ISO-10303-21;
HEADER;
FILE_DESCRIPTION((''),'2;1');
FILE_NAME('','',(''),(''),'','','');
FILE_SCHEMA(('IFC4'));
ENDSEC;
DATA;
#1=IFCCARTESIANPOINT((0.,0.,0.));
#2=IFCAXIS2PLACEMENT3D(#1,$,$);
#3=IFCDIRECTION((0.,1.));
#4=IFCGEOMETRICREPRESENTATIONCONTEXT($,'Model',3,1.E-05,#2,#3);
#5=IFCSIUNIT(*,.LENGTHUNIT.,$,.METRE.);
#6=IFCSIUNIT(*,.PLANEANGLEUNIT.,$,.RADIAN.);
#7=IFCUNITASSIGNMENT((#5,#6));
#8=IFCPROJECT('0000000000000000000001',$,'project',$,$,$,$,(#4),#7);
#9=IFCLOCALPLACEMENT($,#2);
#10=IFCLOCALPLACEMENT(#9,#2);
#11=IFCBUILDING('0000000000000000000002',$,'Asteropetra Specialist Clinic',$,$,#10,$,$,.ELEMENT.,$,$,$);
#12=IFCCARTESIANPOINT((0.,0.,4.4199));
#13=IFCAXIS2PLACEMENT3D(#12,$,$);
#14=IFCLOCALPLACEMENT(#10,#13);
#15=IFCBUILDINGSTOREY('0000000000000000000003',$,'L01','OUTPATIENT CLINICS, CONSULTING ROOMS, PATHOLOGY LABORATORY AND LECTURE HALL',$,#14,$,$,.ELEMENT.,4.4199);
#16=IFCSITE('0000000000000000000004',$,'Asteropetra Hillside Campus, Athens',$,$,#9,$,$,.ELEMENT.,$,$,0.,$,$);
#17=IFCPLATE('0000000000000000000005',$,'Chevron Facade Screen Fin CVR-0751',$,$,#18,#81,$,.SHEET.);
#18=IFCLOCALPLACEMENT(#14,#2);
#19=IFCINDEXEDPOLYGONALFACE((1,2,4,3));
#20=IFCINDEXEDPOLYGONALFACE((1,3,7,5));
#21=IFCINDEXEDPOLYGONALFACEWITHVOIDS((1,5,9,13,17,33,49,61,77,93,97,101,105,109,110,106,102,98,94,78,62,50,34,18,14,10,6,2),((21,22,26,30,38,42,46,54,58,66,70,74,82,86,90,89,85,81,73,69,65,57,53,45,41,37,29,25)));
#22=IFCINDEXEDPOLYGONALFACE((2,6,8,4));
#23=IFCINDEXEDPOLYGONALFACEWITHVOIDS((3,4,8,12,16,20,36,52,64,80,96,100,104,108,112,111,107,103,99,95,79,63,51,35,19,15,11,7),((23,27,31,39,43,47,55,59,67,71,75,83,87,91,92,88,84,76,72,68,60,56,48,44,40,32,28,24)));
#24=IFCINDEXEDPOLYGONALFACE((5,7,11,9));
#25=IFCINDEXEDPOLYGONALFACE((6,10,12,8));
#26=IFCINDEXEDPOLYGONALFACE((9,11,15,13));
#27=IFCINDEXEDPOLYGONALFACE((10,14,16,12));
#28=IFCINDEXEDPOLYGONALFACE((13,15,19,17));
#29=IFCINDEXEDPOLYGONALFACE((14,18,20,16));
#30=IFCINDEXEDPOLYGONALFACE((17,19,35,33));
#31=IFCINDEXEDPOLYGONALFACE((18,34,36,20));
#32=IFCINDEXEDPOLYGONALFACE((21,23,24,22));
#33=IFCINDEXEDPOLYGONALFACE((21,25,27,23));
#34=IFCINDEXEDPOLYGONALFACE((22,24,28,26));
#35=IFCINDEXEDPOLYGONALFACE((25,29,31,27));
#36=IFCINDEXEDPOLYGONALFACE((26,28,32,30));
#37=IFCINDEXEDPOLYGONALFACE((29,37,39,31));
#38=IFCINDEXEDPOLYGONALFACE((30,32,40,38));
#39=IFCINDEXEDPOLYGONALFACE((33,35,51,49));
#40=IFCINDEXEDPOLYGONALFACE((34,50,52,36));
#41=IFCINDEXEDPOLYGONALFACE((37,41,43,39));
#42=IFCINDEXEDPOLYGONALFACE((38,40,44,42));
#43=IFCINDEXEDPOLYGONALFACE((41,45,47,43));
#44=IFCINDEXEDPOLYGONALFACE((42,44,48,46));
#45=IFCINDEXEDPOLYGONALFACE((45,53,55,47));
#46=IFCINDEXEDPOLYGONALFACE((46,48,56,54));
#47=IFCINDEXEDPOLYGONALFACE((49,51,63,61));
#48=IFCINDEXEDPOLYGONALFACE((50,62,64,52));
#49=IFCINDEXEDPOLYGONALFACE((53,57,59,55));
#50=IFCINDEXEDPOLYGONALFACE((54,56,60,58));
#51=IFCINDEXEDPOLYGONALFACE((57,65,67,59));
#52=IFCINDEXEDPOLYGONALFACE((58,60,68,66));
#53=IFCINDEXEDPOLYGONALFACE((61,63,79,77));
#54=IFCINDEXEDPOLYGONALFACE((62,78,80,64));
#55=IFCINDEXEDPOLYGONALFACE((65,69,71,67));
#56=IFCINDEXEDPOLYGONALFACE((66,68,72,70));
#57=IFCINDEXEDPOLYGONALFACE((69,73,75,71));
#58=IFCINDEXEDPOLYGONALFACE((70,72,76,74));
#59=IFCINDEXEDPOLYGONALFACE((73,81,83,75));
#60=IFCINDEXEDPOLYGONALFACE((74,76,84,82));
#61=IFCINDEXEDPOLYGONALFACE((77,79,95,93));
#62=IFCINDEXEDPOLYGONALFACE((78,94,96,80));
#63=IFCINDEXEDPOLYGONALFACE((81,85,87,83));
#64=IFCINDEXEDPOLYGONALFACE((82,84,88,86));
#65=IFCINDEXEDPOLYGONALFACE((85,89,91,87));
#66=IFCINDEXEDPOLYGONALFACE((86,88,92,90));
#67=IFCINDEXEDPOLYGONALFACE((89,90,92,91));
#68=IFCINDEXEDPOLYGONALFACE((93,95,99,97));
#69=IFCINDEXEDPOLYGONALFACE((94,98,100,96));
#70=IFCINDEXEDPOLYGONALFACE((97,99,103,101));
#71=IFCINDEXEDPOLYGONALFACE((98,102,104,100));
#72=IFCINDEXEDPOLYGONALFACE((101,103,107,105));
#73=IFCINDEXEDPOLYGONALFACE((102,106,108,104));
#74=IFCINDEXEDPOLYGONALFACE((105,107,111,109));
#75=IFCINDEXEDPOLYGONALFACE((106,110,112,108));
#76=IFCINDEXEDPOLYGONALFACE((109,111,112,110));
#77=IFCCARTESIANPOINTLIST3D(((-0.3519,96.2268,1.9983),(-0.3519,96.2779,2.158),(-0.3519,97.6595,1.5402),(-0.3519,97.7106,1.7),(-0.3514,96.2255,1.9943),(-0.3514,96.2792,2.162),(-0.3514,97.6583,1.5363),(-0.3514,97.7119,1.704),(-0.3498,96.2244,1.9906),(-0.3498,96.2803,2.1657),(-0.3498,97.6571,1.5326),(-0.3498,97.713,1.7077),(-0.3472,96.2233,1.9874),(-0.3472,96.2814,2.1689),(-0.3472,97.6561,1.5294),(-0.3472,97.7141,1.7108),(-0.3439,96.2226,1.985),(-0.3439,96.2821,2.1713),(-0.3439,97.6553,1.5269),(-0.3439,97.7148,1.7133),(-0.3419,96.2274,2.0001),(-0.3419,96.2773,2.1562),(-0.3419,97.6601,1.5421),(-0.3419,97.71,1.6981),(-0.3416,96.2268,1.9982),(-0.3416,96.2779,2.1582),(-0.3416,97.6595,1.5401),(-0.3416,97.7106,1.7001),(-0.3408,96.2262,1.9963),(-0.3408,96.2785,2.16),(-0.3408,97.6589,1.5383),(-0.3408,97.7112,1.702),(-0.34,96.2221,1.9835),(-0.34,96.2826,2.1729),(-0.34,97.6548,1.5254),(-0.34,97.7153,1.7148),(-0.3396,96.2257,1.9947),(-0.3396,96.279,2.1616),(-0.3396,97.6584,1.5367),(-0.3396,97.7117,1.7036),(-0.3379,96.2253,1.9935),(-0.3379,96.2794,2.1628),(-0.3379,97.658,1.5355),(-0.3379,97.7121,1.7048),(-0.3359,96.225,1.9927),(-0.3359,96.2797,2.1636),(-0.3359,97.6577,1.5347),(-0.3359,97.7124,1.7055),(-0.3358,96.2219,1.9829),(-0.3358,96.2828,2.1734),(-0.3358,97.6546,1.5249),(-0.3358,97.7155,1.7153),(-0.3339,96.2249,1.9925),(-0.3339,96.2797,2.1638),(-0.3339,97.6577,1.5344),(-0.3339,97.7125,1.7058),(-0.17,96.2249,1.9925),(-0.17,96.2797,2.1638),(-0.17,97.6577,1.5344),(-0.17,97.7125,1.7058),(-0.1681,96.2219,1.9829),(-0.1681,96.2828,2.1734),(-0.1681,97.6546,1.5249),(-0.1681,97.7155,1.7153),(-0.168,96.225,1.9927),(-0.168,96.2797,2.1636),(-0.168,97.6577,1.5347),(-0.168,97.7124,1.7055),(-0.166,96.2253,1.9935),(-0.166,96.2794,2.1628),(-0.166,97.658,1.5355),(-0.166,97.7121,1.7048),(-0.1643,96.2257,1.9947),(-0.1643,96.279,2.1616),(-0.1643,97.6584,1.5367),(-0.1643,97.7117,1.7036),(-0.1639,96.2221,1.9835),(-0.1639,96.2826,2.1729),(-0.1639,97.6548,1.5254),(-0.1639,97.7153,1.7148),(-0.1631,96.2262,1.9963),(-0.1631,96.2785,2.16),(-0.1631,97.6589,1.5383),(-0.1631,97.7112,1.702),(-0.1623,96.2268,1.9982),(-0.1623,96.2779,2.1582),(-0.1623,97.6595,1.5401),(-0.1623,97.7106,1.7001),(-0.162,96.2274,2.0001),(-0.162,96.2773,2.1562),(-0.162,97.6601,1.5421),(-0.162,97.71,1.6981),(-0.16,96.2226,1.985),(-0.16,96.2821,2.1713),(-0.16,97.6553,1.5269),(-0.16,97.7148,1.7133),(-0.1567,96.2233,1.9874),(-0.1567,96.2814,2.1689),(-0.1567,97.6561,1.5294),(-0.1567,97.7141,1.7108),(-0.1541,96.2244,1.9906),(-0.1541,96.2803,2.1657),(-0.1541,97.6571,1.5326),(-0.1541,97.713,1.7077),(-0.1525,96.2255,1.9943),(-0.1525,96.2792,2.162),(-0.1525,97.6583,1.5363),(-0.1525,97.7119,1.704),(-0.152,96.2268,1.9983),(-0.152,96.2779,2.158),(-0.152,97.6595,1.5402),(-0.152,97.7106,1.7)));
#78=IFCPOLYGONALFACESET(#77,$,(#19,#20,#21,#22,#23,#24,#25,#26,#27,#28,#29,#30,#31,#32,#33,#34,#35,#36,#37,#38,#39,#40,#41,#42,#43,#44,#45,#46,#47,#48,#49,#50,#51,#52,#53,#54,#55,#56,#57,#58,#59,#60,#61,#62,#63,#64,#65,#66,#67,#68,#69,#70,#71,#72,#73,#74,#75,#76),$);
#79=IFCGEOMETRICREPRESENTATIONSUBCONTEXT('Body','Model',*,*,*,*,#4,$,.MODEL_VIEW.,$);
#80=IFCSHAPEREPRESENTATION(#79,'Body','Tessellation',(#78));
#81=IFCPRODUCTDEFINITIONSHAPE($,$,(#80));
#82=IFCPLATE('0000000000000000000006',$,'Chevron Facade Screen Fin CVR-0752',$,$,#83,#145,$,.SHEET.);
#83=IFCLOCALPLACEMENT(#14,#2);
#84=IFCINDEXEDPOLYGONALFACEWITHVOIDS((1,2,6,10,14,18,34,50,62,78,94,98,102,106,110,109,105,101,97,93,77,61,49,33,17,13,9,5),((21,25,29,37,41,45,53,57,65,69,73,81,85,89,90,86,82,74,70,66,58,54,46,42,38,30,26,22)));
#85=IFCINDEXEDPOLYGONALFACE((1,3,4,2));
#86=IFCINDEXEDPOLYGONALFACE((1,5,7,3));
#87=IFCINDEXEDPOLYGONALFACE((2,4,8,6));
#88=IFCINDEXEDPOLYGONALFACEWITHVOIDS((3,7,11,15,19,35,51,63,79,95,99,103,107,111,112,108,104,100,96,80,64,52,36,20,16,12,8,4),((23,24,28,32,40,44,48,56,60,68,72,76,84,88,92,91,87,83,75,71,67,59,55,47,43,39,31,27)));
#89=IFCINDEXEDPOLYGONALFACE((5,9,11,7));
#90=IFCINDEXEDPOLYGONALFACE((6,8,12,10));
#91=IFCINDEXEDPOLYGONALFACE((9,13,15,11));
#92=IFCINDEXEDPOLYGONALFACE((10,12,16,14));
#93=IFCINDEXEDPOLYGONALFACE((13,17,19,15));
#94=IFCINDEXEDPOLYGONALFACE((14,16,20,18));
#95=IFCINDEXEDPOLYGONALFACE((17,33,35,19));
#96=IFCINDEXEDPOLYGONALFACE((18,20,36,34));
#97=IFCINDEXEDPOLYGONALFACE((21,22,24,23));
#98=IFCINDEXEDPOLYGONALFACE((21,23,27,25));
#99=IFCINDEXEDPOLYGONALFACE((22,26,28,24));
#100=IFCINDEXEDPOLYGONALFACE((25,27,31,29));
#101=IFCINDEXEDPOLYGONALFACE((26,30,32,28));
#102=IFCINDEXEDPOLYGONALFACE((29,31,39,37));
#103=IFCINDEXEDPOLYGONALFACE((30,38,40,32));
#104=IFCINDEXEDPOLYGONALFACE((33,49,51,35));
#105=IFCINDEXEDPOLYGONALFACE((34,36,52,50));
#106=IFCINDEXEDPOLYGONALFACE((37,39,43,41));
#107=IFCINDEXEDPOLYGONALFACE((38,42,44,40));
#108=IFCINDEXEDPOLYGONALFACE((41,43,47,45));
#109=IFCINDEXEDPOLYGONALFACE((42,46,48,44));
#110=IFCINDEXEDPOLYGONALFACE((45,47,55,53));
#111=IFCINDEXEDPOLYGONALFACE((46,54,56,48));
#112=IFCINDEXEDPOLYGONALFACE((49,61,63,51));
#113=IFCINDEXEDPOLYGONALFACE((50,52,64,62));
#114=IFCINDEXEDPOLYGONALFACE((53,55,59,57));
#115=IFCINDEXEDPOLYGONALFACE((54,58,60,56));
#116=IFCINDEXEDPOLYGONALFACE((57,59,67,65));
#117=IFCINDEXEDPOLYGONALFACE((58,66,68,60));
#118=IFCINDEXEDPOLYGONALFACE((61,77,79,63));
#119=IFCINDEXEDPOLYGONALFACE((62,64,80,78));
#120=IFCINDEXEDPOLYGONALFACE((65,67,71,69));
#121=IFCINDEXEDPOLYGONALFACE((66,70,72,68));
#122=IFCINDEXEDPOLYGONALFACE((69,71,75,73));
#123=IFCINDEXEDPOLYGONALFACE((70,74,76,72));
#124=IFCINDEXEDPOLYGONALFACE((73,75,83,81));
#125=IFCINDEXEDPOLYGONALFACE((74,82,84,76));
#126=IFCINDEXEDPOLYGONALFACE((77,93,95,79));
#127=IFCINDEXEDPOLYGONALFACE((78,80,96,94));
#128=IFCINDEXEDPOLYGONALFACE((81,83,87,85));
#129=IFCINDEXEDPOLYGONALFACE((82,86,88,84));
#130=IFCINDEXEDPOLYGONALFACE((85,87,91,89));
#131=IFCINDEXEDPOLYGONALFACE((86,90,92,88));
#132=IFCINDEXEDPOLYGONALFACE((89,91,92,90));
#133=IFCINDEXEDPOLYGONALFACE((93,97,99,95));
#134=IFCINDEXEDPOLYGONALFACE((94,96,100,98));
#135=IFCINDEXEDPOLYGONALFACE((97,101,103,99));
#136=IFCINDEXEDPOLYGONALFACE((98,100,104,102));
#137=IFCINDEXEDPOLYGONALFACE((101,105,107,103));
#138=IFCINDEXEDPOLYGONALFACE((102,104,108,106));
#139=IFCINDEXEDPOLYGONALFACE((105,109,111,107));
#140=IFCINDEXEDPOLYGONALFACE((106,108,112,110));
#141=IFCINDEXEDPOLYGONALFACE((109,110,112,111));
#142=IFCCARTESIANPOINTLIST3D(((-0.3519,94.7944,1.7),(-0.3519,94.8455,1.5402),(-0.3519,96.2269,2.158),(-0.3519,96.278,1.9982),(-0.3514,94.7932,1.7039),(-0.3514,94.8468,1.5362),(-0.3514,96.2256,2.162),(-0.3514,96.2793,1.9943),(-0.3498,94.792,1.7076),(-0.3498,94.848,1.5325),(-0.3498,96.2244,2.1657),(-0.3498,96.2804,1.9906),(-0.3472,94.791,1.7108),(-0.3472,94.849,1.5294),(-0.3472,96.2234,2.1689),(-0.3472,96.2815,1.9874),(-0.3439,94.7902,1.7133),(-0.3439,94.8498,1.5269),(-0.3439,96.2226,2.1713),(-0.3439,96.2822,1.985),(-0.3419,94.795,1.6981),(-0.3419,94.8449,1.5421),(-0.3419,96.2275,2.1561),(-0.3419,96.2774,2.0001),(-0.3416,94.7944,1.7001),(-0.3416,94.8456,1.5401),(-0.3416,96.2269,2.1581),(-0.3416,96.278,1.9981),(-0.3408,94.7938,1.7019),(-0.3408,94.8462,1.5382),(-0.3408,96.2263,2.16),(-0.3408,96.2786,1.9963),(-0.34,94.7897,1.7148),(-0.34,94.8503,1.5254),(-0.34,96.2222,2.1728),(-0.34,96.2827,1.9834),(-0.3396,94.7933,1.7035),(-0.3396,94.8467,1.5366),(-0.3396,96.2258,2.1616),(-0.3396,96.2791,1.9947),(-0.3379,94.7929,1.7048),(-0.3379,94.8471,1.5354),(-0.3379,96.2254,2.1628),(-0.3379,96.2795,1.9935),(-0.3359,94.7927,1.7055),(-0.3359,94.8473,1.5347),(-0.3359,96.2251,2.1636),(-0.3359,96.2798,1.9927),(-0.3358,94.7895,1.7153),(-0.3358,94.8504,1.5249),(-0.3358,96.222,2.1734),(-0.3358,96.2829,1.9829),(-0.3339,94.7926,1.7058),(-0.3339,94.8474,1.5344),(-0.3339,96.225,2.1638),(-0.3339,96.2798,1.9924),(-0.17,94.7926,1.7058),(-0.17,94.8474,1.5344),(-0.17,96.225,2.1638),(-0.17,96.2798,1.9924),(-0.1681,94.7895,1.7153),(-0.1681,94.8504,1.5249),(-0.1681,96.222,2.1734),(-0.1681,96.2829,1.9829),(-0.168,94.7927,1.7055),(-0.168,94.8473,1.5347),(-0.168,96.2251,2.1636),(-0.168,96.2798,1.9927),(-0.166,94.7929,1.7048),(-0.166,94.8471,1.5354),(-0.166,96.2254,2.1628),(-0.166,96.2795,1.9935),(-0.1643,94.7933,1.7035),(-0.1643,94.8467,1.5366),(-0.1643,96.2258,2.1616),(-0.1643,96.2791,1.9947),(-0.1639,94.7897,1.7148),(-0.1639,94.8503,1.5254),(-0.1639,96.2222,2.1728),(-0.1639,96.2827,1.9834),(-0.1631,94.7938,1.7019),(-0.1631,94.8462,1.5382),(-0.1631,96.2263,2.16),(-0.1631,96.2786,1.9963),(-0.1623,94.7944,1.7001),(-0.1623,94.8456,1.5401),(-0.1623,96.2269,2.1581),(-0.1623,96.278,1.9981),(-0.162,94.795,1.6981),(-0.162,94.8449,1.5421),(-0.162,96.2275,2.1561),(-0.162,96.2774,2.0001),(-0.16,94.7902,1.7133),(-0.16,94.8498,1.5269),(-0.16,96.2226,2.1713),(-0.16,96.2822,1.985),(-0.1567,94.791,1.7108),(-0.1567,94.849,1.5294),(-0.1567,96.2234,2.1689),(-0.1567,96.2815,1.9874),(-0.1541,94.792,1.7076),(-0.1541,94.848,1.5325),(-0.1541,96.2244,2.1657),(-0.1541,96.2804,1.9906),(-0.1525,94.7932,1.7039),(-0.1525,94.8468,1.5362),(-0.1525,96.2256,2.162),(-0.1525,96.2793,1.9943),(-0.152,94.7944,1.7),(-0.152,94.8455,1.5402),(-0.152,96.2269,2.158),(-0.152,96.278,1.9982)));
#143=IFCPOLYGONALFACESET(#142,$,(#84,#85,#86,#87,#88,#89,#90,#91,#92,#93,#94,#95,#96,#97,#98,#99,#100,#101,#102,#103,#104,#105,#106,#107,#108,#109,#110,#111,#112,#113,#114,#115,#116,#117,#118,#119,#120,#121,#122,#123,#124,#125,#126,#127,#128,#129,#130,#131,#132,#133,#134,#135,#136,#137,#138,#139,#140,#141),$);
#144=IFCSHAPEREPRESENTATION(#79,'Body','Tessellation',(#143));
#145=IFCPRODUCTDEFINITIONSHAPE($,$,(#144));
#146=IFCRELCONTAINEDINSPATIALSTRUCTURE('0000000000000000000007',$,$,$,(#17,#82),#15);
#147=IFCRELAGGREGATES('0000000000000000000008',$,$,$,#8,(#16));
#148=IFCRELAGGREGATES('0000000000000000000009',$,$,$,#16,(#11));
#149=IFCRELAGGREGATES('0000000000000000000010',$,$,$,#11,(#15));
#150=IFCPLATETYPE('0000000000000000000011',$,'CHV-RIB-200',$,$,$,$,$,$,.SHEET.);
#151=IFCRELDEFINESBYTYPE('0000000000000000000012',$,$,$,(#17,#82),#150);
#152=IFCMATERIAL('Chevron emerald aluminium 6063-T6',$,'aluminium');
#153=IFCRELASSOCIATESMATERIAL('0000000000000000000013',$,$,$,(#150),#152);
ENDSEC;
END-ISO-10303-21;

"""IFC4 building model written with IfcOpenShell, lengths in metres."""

from ifc_helpers import new_model, si_unit, direction, frame, origin, origin_2d, place, context, subcontext, project, spatial, hollow_rectangle, extrude, material, material_profile, profile_set, type_object, element, save


model = new_model("IFC4")

# Units and contexts
model_context = context("Model", 3, precision=1e-05, world=origin(), true_north=direction((0.0, 1.0)))
body_context = subcontext(model_context, "Body", "Model", "MODEL_VIEW")
ifc_project = project(units=[si_unit("LENGTHUNIT", "METRE"), si_unit("PLANEANGLEUNIT", "RADIAN")], contexts=[model_context])

# Site, building, storey
site_placement = place(None, origin())
site = spatial("IfcSite", under=ifc_project, at=site_placement, Name="Asteropetra Hillside Campus, Athens", CompositionType="ELEMENT", RefElevation=0.0)
building_placement = place(site_placement, origin())
building = spatial("IfcBuilding", under=site, at=building_placement, Name="Asteropetra Specialist Clinic", CompositionType="ELEMENT")
storey_placement = place(building_placement, frame((0.0, 0.0, 4.4199)))
storey = spatial("IfcBuildingStorey", under=building, at=storey_placement, Name="L01", Description="OUTPATIENT CLINICS, CONSULTING ROOMS, PATHOLOGY LABORATORY AND LECTURE HALL", CompositionType="ELEMENT", Elevation=4.4199)

# Plates
ifc_material_1 = material(Name="Chevron emerald aluminium 6063-T6", Category="aluminium")
ifc_material_profile_1 = material_profile(ifc_material_1, hollow_rectangle(XDim=0.2, YDim=0.2, WallThickness=0.01, InnerFilletRadius=0.0081, OuterFilletRadius=0.0161, at=origin_2d()), Name="SHS 200x200x10.0")
ifc_profile_set_1 = profile_set([ifc_material_profile_1], Name="Chevron emerald aluminium 6063-T6")
plate_type_1 = type_object("IfcPlateType", Name="CHV-RIB-200", PredefinedType="SHEET", material=ifc_profile_set_1)
plate_1_placement = place(storey_placement, frame((-0.252, 97.6851, 1.6201), z_axis=(0.0, -0.952507, 0.304517), x_axis=(1.0, 0.0, 0.0)))
element("IfcPlate", 1, at=plate_1_placement, inside=storey, type_object=plate_type_1, Name="Chevron Facade Screen Fin CVR-0751", PredefinedType="SHEET", context=body_context, shape_type="SweptSolid", body=[
    extrude(hollow_rectangle(XDim=0.2, YDim=0.2, WallThickness=0.01, InnerFilletRadius=0.0081, OuterFilletRadius=0.0161, at=origin_2d()), origin(), (0.0, 0.0, 1.0), 1.5042),
])
plate_2_placement = place(storey_placement, frame((-0.252, 96.2524, 2.0781), z_axis=(0.0, -0.952492, -0.304564), x_axis=(1.0, 0.0, 0.0)))
element("IfcPlate", 2, at=plate_2_placement, inside=storey, type_object=plate_type_1, Name="Chevron Facade Screen Fin CVR-0752", PredefinedType="SHEET", context=body_context, shape_type="SweptSolid", body=[
    extrude(hollow_rectangle(XDim=0.2, YDim=0.2, WallThickness=0.01, InnerFilletRadius=0.0081, OuterFilletRadius=0.0161, at=origin_2d()), origin(), (0.0, 0.0, 1.0), 1.5039),
])

save(model, "model.ifc")
